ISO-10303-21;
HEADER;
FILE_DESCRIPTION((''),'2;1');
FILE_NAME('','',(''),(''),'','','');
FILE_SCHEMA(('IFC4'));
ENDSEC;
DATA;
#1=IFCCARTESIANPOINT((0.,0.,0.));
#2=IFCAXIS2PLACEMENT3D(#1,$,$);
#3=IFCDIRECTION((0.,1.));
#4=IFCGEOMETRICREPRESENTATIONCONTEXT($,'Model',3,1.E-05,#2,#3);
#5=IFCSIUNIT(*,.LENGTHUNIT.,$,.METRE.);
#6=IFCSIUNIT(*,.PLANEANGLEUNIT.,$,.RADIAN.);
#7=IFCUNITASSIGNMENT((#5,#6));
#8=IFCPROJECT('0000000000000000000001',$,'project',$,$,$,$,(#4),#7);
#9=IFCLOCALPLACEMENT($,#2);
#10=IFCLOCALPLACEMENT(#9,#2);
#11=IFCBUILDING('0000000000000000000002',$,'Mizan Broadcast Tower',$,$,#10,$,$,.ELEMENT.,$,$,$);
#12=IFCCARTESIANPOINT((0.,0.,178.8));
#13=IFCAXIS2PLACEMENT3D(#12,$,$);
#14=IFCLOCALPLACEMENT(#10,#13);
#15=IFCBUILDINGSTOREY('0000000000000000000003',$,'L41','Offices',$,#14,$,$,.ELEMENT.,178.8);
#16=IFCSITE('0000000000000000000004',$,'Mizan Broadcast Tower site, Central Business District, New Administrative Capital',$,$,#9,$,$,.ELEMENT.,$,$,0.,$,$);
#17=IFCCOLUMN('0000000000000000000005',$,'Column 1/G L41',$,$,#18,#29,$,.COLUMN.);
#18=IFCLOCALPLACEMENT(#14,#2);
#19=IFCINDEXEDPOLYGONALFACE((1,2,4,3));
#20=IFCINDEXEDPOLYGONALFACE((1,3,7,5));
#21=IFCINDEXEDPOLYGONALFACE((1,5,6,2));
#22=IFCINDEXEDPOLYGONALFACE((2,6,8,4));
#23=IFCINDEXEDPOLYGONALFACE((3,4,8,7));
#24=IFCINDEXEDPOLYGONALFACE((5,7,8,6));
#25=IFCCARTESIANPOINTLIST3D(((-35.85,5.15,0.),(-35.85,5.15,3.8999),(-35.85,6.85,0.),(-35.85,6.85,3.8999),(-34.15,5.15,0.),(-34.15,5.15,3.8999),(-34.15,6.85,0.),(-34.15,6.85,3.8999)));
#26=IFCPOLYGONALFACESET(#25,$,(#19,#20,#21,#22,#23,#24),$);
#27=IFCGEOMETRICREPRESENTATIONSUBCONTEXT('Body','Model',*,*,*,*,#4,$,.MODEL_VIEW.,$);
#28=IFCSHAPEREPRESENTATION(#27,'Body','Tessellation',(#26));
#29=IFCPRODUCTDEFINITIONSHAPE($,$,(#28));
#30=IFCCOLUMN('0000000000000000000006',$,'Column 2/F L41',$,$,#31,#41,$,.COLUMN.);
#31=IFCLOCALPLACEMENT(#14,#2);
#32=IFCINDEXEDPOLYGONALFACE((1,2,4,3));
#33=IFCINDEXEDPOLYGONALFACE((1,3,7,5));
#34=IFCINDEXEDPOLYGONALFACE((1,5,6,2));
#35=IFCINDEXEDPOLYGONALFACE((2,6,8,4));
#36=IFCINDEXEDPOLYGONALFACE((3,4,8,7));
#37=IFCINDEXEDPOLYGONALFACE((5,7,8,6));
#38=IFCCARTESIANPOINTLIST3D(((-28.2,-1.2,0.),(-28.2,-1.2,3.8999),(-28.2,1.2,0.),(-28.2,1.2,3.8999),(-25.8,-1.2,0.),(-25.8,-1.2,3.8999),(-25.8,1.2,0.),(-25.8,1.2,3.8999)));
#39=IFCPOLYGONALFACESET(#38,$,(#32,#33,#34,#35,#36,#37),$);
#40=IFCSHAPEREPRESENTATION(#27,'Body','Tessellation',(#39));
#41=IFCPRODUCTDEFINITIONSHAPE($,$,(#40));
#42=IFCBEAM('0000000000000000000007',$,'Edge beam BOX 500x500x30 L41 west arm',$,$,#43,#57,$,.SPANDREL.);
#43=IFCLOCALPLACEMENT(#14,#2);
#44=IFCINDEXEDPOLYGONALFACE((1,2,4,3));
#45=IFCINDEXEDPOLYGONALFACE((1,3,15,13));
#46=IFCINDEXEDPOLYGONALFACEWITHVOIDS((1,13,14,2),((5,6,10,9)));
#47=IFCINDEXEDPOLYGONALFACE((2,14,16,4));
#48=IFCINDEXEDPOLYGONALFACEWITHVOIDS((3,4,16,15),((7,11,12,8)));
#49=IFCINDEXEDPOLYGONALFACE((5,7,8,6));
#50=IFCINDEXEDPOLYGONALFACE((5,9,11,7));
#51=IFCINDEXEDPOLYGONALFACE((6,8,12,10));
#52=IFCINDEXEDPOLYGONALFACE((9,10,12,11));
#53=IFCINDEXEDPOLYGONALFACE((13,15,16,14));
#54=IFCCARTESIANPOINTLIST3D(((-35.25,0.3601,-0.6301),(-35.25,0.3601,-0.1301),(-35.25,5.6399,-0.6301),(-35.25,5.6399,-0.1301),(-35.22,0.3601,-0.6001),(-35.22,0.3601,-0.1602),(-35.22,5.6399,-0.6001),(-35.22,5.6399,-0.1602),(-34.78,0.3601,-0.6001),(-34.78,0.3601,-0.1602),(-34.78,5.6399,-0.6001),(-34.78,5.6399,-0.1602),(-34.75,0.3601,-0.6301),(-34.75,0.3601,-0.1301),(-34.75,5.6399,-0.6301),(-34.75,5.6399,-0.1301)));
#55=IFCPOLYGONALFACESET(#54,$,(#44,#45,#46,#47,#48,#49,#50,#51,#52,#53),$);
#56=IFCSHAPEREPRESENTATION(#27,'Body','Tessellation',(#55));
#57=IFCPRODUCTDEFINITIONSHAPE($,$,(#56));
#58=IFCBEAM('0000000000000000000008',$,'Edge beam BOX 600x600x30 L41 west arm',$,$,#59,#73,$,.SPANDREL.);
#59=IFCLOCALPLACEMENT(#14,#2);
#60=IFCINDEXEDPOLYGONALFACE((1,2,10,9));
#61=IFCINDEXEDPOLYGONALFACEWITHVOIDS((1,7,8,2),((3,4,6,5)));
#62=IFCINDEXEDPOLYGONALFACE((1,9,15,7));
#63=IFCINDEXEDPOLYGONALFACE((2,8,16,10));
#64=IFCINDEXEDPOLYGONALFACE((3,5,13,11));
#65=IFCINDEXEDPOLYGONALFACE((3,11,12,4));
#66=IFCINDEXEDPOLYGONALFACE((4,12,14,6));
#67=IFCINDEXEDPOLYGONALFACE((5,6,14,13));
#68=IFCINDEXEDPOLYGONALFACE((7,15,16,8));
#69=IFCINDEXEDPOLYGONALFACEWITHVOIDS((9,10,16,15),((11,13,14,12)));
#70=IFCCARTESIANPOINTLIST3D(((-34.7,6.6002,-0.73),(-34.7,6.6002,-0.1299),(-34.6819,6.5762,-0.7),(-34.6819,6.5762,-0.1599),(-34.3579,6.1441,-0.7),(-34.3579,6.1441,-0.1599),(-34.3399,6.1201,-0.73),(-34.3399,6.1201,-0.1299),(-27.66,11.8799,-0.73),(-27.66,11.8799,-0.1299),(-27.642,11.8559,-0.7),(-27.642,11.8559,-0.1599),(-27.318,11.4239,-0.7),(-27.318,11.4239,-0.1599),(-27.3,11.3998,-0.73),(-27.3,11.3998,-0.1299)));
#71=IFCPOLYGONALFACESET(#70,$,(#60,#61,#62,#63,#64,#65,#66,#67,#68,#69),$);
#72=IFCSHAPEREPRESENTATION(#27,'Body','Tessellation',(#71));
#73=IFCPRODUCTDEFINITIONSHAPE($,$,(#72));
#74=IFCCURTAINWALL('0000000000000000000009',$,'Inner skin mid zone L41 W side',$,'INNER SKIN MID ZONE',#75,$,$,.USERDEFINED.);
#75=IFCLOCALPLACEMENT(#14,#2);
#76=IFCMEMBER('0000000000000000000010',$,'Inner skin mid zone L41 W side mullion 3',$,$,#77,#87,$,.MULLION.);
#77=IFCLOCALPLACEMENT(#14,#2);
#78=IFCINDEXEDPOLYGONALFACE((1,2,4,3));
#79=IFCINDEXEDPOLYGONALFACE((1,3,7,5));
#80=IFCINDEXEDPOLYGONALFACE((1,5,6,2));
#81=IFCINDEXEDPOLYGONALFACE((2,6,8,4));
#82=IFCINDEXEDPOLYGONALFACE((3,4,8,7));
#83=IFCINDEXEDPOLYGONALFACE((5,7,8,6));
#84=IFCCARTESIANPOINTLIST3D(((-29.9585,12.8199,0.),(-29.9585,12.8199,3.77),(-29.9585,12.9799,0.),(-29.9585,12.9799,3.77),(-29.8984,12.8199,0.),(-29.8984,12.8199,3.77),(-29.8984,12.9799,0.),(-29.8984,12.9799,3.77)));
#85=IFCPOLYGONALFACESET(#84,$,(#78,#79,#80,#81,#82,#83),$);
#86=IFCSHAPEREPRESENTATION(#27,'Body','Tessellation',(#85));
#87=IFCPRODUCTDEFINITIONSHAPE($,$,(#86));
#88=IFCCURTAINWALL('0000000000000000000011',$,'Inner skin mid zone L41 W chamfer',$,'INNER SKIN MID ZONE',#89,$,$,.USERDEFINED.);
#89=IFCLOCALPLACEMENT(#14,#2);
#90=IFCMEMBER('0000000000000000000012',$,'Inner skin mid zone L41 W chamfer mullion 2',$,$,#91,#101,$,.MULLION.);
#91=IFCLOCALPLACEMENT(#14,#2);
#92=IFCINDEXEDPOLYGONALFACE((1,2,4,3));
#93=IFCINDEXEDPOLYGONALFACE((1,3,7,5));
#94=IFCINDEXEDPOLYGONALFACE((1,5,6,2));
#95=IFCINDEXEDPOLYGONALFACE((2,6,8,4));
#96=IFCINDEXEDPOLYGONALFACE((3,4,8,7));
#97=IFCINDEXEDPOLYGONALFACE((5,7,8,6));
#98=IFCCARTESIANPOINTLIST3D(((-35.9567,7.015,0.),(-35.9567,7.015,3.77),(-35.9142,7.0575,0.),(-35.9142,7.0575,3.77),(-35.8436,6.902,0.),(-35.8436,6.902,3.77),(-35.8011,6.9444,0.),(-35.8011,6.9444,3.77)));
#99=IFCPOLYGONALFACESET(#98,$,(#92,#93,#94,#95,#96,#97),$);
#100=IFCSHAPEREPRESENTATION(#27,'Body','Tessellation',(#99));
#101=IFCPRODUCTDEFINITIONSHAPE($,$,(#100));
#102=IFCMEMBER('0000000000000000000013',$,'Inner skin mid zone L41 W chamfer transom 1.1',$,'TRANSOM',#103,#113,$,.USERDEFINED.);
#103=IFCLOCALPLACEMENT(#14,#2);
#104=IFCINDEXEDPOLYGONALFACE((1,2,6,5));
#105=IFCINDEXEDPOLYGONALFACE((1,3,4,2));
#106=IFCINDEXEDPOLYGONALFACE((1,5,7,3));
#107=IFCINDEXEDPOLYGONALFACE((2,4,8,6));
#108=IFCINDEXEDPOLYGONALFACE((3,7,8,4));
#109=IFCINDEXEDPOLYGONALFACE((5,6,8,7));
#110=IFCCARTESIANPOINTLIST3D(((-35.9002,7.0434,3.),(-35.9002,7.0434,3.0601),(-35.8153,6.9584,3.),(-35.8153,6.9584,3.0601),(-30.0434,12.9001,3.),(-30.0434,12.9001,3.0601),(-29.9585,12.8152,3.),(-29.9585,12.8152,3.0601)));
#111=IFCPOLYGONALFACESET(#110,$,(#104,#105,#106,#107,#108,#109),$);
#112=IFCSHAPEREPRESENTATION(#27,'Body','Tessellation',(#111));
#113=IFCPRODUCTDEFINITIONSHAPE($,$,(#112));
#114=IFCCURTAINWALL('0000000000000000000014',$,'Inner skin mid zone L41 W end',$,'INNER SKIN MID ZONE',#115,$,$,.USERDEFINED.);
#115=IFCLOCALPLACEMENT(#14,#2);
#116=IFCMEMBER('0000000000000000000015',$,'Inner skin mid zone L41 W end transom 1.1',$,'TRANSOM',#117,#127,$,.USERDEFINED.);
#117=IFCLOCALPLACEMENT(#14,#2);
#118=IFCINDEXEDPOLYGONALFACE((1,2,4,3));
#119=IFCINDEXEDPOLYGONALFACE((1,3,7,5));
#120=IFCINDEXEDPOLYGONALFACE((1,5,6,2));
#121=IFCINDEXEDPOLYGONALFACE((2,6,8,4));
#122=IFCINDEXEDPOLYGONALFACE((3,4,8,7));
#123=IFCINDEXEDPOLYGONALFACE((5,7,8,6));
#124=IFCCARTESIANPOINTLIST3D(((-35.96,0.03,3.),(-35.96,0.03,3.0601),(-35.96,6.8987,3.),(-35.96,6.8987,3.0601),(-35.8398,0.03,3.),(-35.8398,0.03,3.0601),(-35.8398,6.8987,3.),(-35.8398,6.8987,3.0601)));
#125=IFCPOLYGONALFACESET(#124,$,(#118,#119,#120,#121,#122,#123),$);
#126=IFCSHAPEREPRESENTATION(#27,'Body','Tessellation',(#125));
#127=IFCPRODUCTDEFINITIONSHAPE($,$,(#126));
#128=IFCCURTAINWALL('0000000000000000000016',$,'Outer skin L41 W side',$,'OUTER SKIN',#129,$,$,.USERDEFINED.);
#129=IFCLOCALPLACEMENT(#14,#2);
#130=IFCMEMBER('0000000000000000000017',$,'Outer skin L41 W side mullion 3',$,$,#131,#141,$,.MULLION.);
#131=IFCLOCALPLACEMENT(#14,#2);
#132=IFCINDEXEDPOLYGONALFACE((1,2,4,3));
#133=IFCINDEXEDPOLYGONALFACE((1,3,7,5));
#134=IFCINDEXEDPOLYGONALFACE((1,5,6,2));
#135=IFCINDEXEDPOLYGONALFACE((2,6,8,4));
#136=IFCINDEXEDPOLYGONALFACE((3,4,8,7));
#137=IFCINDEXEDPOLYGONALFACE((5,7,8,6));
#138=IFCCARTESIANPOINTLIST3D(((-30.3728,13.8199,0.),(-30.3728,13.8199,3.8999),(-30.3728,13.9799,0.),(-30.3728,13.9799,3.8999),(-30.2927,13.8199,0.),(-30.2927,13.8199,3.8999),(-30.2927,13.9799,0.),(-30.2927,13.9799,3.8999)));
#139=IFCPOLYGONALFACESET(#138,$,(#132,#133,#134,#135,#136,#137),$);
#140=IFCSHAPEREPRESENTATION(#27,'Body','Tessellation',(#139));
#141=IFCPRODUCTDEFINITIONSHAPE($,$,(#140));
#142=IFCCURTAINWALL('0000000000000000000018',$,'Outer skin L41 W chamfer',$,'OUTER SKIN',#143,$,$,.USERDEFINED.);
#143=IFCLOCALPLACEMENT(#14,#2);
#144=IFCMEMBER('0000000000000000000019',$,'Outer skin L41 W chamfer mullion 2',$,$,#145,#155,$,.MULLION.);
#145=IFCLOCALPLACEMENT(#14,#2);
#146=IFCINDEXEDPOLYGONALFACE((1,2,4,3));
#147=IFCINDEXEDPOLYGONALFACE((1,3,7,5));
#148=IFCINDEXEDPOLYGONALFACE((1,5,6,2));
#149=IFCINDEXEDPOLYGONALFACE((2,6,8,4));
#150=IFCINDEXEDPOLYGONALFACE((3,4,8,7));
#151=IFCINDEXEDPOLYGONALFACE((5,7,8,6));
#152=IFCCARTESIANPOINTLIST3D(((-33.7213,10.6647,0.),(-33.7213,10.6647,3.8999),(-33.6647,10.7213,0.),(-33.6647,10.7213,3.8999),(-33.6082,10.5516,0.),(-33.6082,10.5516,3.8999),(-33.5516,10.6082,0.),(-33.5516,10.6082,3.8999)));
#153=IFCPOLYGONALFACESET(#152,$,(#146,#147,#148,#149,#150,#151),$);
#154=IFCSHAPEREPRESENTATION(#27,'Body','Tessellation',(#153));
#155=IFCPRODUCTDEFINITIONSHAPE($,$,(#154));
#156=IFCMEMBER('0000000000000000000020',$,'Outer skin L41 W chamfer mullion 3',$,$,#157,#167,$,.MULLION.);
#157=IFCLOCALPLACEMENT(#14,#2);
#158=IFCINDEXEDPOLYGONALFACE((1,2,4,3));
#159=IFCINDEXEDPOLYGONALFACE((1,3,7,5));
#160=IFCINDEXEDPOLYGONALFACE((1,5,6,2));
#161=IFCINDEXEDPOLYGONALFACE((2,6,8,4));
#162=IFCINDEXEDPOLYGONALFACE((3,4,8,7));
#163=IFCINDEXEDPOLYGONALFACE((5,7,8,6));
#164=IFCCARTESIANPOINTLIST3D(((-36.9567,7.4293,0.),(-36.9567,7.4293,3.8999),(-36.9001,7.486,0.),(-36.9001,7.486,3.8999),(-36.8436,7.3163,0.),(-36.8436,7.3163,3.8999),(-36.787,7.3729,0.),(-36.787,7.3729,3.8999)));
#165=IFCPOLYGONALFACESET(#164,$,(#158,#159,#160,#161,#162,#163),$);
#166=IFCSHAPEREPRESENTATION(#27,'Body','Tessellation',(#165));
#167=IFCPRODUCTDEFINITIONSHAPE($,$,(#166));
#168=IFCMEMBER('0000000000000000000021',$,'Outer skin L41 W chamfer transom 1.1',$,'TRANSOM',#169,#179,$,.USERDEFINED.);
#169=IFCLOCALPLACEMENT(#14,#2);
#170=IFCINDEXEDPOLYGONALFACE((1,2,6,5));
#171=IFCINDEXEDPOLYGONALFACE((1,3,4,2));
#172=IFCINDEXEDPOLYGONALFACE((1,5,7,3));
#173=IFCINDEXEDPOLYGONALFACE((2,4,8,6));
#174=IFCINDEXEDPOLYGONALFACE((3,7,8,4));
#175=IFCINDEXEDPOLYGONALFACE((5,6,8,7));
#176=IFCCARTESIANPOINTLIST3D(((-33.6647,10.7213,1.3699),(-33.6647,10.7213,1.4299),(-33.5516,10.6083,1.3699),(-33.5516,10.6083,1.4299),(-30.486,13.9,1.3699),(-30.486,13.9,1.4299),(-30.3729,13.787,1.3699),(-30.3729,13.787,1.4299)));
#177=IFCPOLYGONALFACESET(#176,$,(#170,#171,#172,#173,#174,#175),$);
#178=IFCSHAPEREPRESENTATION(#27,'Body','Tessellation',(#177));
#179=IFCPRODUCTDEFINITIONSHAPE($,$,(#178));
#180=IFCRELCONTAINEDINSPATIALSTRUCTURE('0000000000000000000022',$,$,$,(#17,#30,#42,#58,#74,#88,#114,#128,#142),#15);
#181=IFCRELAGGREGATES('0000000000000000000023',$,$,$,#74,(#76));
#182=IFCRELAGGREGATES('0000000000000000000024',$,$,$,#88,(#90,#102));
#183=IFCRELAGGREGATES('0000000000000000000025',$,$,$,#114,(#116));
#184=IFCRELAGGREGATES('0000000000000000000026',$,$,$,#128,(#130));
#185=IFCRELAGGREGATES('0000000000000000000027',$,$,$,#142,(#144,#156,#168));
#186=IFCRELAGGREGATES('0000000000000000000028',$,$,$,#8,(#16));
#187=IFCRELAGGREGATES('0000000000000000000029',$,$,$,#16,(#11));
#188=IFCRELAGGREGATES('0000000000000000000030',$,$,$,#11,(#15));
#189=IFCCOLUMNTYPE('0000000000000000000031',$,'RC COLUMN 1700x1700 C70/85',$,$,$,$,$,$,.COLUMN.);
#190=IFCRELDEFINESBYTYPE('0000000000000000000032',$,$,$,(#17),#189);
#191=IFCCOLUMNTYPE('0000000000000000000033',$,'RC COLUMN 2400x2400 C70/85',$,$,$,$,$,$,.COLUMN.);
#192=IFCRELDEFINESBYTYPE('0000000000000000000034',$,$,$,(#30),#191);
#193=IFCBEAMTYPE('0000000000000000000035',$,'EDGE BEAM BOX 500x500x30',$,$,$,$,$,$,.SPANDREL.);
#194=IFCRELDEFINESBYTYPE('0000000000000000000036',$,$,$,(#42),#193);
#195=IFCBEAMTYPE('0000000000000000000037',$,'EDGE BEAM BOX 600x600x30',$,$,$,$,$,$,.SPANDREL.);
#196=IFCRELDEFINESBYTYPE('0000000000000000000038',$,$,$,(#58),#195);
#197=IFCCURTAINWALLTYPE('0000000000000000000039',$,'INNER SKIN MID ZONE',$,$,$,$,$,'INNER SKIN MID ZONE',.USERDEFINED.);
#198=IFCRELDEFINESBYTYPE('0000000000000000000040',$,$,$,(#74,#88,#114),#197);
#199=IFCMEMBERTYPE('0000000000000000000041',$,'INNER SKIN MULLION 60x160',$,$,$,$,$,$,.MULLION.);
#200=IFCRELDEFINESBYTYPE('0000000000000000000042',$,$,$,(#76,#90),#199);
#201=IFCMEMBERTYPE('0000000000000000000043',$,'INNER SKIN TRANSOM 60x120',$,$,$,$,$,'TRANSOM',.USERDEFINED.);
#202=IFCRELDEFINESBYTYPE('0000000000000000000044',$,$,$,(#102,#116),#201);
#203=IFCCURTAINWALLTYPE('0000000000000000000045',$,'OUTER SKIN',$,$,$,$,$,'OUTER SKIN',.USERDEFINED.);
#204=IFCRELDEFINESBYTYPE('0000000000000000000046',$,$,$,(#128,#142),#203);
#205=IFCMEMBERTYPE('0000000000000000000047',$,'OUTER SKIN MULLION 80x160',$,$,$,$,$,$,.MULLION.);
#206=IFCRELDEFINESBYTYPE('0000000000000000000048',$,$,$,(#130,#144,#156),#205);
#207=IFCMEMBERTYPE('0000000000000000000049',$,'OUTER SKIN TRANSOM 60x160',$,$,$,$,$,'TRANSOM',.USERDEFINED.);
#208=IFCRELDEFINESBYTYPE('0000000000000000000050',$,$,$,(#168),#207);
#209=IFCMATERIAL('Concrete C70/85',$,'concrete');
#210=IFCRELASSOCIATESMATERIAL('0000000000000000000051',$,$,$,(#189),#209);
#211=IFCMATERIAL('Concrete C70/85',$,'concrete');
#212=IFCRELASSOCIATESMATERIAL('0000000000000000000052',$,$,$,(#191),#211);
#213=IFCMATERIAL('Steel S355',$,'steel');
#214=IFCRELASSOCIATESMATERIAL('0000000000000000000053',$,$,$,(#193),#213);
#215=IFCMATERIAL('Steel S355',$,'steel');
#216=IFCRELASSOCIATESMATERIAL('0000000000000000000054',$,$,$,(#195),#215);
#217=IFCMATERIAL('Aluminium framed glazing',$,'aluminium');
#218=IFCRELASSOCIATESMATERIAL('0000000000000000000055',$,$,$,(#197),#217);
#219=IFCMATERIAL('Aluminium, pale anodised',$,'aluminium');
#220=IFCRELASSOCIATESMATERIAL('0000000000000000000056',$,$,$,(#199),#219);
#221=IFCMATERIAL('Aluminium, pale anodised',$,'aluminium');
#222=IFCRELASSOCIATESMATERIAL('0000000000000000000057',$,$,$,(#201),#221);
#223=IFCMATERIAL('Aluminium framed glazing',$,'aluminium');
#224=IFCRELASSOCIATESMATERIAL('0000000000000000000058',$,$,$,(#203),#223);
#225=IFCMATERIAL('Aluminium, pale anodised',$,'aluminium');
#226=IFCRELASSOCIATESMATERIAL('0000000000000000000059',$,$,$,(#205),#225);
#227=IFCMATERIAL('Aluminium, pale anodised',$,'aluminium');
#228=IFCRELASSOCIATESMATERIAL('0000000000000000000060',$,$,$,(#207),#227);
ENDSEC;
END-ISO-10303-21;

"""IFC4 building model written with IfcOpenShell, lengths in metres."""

from ifc_helpers import new_model, si_unit, direction, frame, origin, origin_2d, place, context, subcontext, project, spatial, rectangle, hollow_rectangle, extrude, material, material_profile, profile_set, type_object, element, aggregate, save


model = new_model("IFC4")

# Units and contexts
model_context = context("Model", 3, precision=1e-05, world=origin(), true_north=direction((0.0, 1.0)))
body_context = subcontext(model_context, "Body", "Model", "MODEL_VIEW")
ifc_project = project(units=[si_unit("LENGTHUNIT", "METRE"), si_unit("PLANEANGLEUNIT", "RADIAN")], contexts=[model_context])

# Site, building, storey
site_placement = place(None, origin())
site = spatial("IfcSite", under=ifc_project, at=site_placement, Name="Mizan Broadcast Tower site, Central Business District, New Administrative Capital", CompositionType="ELEMENT", RefElevation=0.0)
building_placement = place(site_placement, origin())
building = spatial("IfcBuilding", under=site, at=building_placement, Name="Mizan Broadcast Tower", CompositionType="ELEMENT")
storey_placement = place(building_placement, frame((0.0, 0.0, 178.8)))
storey = spatial("IfcBuildingStorey", under=building, at=storey_placement, Name="L41", Description="Offices", CompositionType="ELEMENT", Elevation=178.8)

# Columns
ifc_material_1 = material(Name="Concrete C70/85", Category="concrete")
ifc_material_profile_1 = material_profile(ifc_material_1, rectangle(XDim=1.7, YDim=1.7, at=origin_2d()), Name="RC 1700x1700")
ifc_profile_set_1 = profile_set([ifc_material_profile_1], Name="Concrete C70/85")
column_type_1 = type_object("IfcColumnType", Name="RC COLUMN 1700x1700 C70/85", PredefinedType="COLUMN", material=ifc_profile_set_1)
column_1_placement = place(storey_placement, frame((-35.0, 6.0, 0.0), z_axis=(0.0, 0.0, 1.0), x_axis=(1.0, 0.0, 0.0)))
element("IfcColumn", 1, at=column_1_placement, inside=storey, type_object=column_type_1, Name="Column 1/G L41", PredefinedType="COLUMN", context=body_context, shape_type="SweptSolid", body=[
    extrude(rectangle(XDim=1.7, YDim=1.7, at=origin_2d()), origin(), (0.0, 0.0, 1.0), 3.8999),
])
ifc_material_2 = material(Name="Concrete C70/85", Category="concrete")
ifc_material_profile_2 = material_profile(ifc_material_2, rectangle(XDim=2.3999, YDim=2.3999, at=origin_2d()), Name="RC 2400x2400")
ifc_profile_set_2 = profile_set([ifc_material_profile_2], Name="Concrete C70/85")
column_type_2 = type_object("IfcColumnType", Name="RC COLUMN 2400x2400 C70/85", PredefinedType="COLUMN", material=ifc_profile_set_2)
column_2_placement = place(storey_placement, frame((-27.0, 0.0, 0.0), z_axis=(0.0, 0.0, 1.0), x_axis=(1.0, 0.0, 0.0)))
element("IfcColumn", 2, at=column_2_placement, inside=storey, type_object=column_type_2, Name="Column 2/F L41", PredefinedType="COLUMN", context=body_context, shape_type="SweptSolid", body=[
    extrude(rectangle(XDim=2.3999, YDim=2.3999, at=origin_2d()), origin(), (0.0, 0.0, 1.0), 3.8999),
])

# Beams
ifc_material_3 = material(Name="Steel S355", Category="steel")
ifc_material_profile_3 = material_profile(ifc_material_3, hollow_rectangle(XDim=0.5, YDim=0.5, WallThickness=0.03, at=origin_2d()), Name="BOX 500x500x30")
ifc_profile_set_3 = profile_set([ifc_material_profile_3], Name="Steel S355")
beam_type_1 = type_object("IfcBeamType", Name="EDGE BEAM BOX 500x500x30", PredefinedType="SPANDREL", material=ifc_profile_set_3)
beam_1_placement = place(storey_placement, frame((-35.0, 5.6399, -0.3801), z_axis=(0.0, -1.0, 0.0), x_axis=(1.0, 0.0, 0.0)))
element("IfcBeam", 3, at=beam_1_placement, inside=storey, type_object=beam_type_1, Name="Edge beam BOX 500x500x30 L41 west arm", PredefinedType="SPANDREL", context=body_context, shape_type="SweptSolid", body=[
    extrude(hollow_rectangle(XDim=0.5, YDim=0.5, WallThickness=0.03, at=origin_2d()), origin(), (0.0, 0.0, 1.0), 5.2798),
])
ifc_material_4 = material(Name="Steel S355", Category="steel")
ifc_material_profile_4 = material_profile(ifc_material_4, hollow_rectangle(XDim=0.6001, YDim=0.6001, WallThickness=0.03, at=origin_2d()), Name="BOX 600x600x30")
ifc_profile_set_4 = profile_set([ifc_material_profile_4], Name="Steel S355")
beam_type_2 = type_object("IfcBeamType", Name="EDGE BEAM BOX 600x600x30", PredefinedType="SPANDREL", material=ifc_profile_set_4)
beam_2_placement = place(storey_placement, frame((-27.48, 11.6399, -0.4299), z_axis=(-0.800013, -0.599982, 0.0), x_axis=(0.599982, -0.800013, 0.0)))
element("IfcBeam", 4, at=beam_2_placement, inside=storey, type_object=beam_type_2, Name="Edge beam BOX 600x600x30 L41 west arm", PredefinedType="SPANDREL", context=body_context, shape_type="SweptSolid", body=[
    extrude(hollow_rectangle(XDim=0.6001, YDim=0.6001, WallThickness=0.03, at=origin_2d()), origin(), (0.0, 0.0, 1.0), 8.7998),
])

# Curtain wall, member
ifc_material_5 = material(Name="Aluminium framed glazing", Category="aluminium")
curtain_wall_type_1 = type_object("IfcCurtainWallType", Name="INNER SKIN MID ZONE", ElementType="INNER SKIN MID ZONE", PredefinedType="USERDEFINED", material=ifc_material_5)
curtain_wall_1_placement = place(storey_placement, origin())
curtain_wall_1 = element("IfcCurtainWall", 5, at=curtain_wall_1_placement, inside=storey, type_object=curtain_wall_type_1, Name="Inner skin mid zone L41 W side", ObjectType="INNER SKIN MID ZONE", PredefinedType="USERDEFINED")
ifc_material_6 = material(Name="Aluminium, pale anodised", Category="aluminium")
ifc_material_profile_5 = material_profile(ifc_material_6, rectangle(XDim=0.1599, YDim=0.0601, at=origin_2d()), Name="MULLION 160x60")
ifc_profile_set_5 = profile_set([ifc_material_profile_5], Name="Aluminium, pale anodised")
member_type_1 = type_object("IfcMemberType", Name="INNER SKIN MULLION 60x160", PredefinedType="MULLION", material=ifc_profile_set_5)
member_1_placement = place(storey_placement, frame((-29.9285, 12.8999, 0.0), z_axis=(0.0, 0.0, 1.0), x_axis=(0.0, -1.0, 0.0)))
member_1 = element("IfcMember", 6, at=member_1_placement, type_object=member_type_1, Name="Inner skin mid zone L41 W side mullion 3", PredefinedType="MULLION", context=body_context, shape_type="SweptSolid", body=[
    extrude(rectangle(XDim=0.1599, YDim=0.0601, at=origin_2d()), origin(), (0.0, 0.0, 1.0), 3.77),
])

# Curtain wall, members
curtain_wall_2_placement = place(storey_placement, origin())
curtain_wall_2 = element("IfcCurtainWall", 7, at=curtain_wall_2_placement, inside=storey, type_object=curtain_wall_type_1, Name="Inner skin mid zone L41 W chamfer", ObjectType="INNER SKIN MID ZONE", PredefinedType="USERDEFINED")
member_2_placement = place(storey_placement, frame((-35.8789, 6.9797, 0.0), z_axis=(0.0, 0.0, 1.0), x_axis=(0.707107, -0.707107, 0.0)))
member_2 = element("IfcMember", 8, at=member_2_placement, type_object=member_type_1, Name="Inner skin mid zone L41 W chamfer mullion 2", PredefinedType="MULLION", context=body_context, shape_type="SweptSolid", body=[
    extrude(rectangle(XDim=0.1599, YDim=0.0601, at=origin_2d()), origin(), (0.0, 0.0, 1.0), 3.77),
])
ifc_material_7 = material(Name="Aluminium, pale anodised", Category="aluminium")
ifc_material_profile_6 = material_profile(ifc_material_7, rectangle(XDim=0.1201, YDim=0.0601, at=origin_2d()), Name="TRANSOM 120x60")
ifc_profile_set_6 = profile_set([ifc_material_profile_6], Name="Aluminium, pale anodised")
member_type_2 = type_object("IfcMemberType", Name="INNER SKIN TRANSOM 60x120", ElementType="TRANSOM", PredefinedType="USERDEFINED", material=ifc_profile_set_6)
member_3_placement = place(storey_placement, frame((-30.001, 12.8577, 3.03), z_axis=(-0.707107, -0.707107, 0.0), x_axis=(0.707107, -0.707107, 0.0)))
member_3 = element("IfcMember", 9, at=member_3_placement, type_object=member_type_2, Name="Inner skin mid zone L41 W chamfer transom 1.1", ObjectType="TRANSOM", PredefinedType="USERDEFINED", context=body_context, shape_type="SweptSolid", body=[
    extrude(rectangle(XDim=0.1201, YDim=0.0601, at=origin_2d()), origin(), (0.0, 0.0, 1.0), 8.2827),
])

# Curtain walls, members
curtain_wall_3_placement = place(storey_placement, origin())
curtain_wall_3 = element("IfcCurtainWall", 10, at=curtain_wall_3_placement, inside=storey, type_object=curtain_wall_type_1, Name="Inner skin mid zone L41 W end", ObjectType="INNER SKIN MID ZONE", PredefinedType="USERDEFINED")
member_4_placement = place(storey_placement, frame((-35.8999, 6.8987, 3.03), z_axis=(0.0, -1.0, 0.0), x_axis=(1.0, 0.0, 0.0)))
member_4 = element("IfcMember", 11, at=member_4_placement, type_object=member_type_2, Name="Inner skin mid zone L41 W end transom 1.1", ObjectType="TRANSOM", PredefinedType="USERDEFINED", context=body_context, shape_type="SweptSolid", body=[
    extrude(rectangle(XDim=0.1201, YDim=0.0601, at=origin_2d()), origin(), (0.0, 0.0, 1.0), 6.8687),
])
ifc_material_8 = material(Name="Aluminium framed glazing", Category="aluminium")
curtain_wall_type_2 = type_object("IfcCurtainWallType", Name="OUTER SKIN", ElementType="OUTER SKIN", PredefinedType="USERDEFINED", material=ifc_material_8)
curtain_wall_4_placement = place(storey_placement, origin())
curtain_wall_4 = element("IfcCurtainWall", 12, at=curtain_wall_4_placement, inside=storey, type_object=curtain_wall_type_2, Name="Outer skin L41 W side", ObjectType="OUTER SKIN", PredefinedType="USERDEFINED")
ifc_material_9 = material(Name="Aluminium, pale anodised", Category="aluminium")
ifc_material_profile_7 = material_profile(ifc_material_9, rectangle(XDim=0.1599, YDim=0.0801, at=origin_2d()), Name="MULLION 160x80")
ifc_profile_set_7 = profile_set([ifc_material_profile_7], Name="Aluminium, pale anodised")
member_type_3 = type_object("IfcMemberType", Name="OUTER SKIN MULLION 80x160", PredefinedType="MULLION", material=ifc_profile_set_7)
member_5_placement = place(storey_placement, frame((-30.3328, 13.8999, 0.0), z_axis=(0.0, 0.0, 1.0), x_axis=(0.0, -1.0, 0.0)))
member_5 = element("IfcMember", 13, at=member_5_placement, type_object=member_type_3, Name="Outer skin L41 W side mullion 3", PredefinedType="MULLION", context=body_context, shape_type="SweptSolid", body=[
    extrude(rectangle(XDim=0.1599, YDim=0.0801, at=origin_2d()), origin(), (0.0, 0.0, 1.0), 3.8999),
])

# Curtain wall, members
curtain_wall_5_placement = place(storey_placement, origin())
curtain_wall_5 = element("IfcCurtainWall", 14, at=curtain_wall_5_placement, inside=storey, type_object=curtain_wall_type_2, Name="Outer skin L41 W chamfer", ObjectType="OUTER SKIN", PredefinedType="USERDEFINED")
member_6_placement = place(storey_placement, frame((-33.6365, 10.6365, 0.0), z_axis=(0.0, 0.0, 1.0), x_axis=(0.707107, -0.707107, 0.0)))
member_6 = element("IfcMember", 15, at=member_6_placement, type_object=member_type_3, Name="Outer skin L41 W chamfer mullion 2", PredefinedType="MULLION", context=body_context, shape_type="SweptSolid", body=[
    extrude(rectangle(XDim=0.1599, YDim=0.0801, at=origin_2d()), origin(), (0.0, 0.0, 1.0), 3.8999),
])
member_7_placement = place(storey_placement, frame((-36.8718, 7.4011, 0.0), z_axis=(0.0, 0.0, 1.0), x_axis=(0.707107, -0.707107, 0.0)))
member_7 = element("IfcMember", 16, at=member_7_placement, type_object=member_type_3, Name="Outer skin L41 W chamfer mullion 3", PredefinedType="MULLION", context=body_context, shape_type="SweptSolid", body=[
    extrude(rectangle(XDim=0.1599, YDim=0.0801, at=origin_2d()), origin(), (0.0, 0.0, 1.0), 3.8999),
])
ifc_material_10 = material(Name="Aluminium, pale anodised", Category="aluminium")
ifc_material_profile_8 = material_profile(ifc_material_10, rectangle(XDim=0.1599, YDim=0.0601, at=origin_2d()), Name="TRANSOM 160x60")
ifc_profile_set_8 = profile_set([ifc_material_profile_8], Name="Aluminium, pale anodised")
member_type_4 = type_object("IfcMemberType", Name="OUTER SKIN TRANSOM 60x160", ElementType="TRANSOM", PredefinedType="USERDEFINED", material=ifc_profile_set_8)
member_8_placement = place(storey_placement, frame((-30.4294, 13.8435, 1.3999), z_axis=(-0.707107, -0.707107, 0.0), x_axis=(0.707107, -0.707107, 0.0)))
member_8 = element("IfcMember", 17, at=member_8_placement, type_object=member_type_4, Name="Outer skin L41 W chamfer transom 1.1", ObjectType="TRANSOM", PredefinedType="USERDEFINED", context=body_context, shape_type="SweptSolid", body=[
    extrude(rectangle(XDim=0.1599, YDim=0.0601, at=origin_2d()), origin(), (0.0, 0.0, 1.0), 4.4954),
])

aggregate(curtain_wall_1, [member_1])
aggregate(curtain_wall_2, [member_2, member_3])
aggregate(curtain_wall_3, [member_4])
aggregate(curtain_wall_4, [member_5])
aggregate(curtain_wall_5, [member_6, member_7, member_8])

save(model, "model.ifc")
